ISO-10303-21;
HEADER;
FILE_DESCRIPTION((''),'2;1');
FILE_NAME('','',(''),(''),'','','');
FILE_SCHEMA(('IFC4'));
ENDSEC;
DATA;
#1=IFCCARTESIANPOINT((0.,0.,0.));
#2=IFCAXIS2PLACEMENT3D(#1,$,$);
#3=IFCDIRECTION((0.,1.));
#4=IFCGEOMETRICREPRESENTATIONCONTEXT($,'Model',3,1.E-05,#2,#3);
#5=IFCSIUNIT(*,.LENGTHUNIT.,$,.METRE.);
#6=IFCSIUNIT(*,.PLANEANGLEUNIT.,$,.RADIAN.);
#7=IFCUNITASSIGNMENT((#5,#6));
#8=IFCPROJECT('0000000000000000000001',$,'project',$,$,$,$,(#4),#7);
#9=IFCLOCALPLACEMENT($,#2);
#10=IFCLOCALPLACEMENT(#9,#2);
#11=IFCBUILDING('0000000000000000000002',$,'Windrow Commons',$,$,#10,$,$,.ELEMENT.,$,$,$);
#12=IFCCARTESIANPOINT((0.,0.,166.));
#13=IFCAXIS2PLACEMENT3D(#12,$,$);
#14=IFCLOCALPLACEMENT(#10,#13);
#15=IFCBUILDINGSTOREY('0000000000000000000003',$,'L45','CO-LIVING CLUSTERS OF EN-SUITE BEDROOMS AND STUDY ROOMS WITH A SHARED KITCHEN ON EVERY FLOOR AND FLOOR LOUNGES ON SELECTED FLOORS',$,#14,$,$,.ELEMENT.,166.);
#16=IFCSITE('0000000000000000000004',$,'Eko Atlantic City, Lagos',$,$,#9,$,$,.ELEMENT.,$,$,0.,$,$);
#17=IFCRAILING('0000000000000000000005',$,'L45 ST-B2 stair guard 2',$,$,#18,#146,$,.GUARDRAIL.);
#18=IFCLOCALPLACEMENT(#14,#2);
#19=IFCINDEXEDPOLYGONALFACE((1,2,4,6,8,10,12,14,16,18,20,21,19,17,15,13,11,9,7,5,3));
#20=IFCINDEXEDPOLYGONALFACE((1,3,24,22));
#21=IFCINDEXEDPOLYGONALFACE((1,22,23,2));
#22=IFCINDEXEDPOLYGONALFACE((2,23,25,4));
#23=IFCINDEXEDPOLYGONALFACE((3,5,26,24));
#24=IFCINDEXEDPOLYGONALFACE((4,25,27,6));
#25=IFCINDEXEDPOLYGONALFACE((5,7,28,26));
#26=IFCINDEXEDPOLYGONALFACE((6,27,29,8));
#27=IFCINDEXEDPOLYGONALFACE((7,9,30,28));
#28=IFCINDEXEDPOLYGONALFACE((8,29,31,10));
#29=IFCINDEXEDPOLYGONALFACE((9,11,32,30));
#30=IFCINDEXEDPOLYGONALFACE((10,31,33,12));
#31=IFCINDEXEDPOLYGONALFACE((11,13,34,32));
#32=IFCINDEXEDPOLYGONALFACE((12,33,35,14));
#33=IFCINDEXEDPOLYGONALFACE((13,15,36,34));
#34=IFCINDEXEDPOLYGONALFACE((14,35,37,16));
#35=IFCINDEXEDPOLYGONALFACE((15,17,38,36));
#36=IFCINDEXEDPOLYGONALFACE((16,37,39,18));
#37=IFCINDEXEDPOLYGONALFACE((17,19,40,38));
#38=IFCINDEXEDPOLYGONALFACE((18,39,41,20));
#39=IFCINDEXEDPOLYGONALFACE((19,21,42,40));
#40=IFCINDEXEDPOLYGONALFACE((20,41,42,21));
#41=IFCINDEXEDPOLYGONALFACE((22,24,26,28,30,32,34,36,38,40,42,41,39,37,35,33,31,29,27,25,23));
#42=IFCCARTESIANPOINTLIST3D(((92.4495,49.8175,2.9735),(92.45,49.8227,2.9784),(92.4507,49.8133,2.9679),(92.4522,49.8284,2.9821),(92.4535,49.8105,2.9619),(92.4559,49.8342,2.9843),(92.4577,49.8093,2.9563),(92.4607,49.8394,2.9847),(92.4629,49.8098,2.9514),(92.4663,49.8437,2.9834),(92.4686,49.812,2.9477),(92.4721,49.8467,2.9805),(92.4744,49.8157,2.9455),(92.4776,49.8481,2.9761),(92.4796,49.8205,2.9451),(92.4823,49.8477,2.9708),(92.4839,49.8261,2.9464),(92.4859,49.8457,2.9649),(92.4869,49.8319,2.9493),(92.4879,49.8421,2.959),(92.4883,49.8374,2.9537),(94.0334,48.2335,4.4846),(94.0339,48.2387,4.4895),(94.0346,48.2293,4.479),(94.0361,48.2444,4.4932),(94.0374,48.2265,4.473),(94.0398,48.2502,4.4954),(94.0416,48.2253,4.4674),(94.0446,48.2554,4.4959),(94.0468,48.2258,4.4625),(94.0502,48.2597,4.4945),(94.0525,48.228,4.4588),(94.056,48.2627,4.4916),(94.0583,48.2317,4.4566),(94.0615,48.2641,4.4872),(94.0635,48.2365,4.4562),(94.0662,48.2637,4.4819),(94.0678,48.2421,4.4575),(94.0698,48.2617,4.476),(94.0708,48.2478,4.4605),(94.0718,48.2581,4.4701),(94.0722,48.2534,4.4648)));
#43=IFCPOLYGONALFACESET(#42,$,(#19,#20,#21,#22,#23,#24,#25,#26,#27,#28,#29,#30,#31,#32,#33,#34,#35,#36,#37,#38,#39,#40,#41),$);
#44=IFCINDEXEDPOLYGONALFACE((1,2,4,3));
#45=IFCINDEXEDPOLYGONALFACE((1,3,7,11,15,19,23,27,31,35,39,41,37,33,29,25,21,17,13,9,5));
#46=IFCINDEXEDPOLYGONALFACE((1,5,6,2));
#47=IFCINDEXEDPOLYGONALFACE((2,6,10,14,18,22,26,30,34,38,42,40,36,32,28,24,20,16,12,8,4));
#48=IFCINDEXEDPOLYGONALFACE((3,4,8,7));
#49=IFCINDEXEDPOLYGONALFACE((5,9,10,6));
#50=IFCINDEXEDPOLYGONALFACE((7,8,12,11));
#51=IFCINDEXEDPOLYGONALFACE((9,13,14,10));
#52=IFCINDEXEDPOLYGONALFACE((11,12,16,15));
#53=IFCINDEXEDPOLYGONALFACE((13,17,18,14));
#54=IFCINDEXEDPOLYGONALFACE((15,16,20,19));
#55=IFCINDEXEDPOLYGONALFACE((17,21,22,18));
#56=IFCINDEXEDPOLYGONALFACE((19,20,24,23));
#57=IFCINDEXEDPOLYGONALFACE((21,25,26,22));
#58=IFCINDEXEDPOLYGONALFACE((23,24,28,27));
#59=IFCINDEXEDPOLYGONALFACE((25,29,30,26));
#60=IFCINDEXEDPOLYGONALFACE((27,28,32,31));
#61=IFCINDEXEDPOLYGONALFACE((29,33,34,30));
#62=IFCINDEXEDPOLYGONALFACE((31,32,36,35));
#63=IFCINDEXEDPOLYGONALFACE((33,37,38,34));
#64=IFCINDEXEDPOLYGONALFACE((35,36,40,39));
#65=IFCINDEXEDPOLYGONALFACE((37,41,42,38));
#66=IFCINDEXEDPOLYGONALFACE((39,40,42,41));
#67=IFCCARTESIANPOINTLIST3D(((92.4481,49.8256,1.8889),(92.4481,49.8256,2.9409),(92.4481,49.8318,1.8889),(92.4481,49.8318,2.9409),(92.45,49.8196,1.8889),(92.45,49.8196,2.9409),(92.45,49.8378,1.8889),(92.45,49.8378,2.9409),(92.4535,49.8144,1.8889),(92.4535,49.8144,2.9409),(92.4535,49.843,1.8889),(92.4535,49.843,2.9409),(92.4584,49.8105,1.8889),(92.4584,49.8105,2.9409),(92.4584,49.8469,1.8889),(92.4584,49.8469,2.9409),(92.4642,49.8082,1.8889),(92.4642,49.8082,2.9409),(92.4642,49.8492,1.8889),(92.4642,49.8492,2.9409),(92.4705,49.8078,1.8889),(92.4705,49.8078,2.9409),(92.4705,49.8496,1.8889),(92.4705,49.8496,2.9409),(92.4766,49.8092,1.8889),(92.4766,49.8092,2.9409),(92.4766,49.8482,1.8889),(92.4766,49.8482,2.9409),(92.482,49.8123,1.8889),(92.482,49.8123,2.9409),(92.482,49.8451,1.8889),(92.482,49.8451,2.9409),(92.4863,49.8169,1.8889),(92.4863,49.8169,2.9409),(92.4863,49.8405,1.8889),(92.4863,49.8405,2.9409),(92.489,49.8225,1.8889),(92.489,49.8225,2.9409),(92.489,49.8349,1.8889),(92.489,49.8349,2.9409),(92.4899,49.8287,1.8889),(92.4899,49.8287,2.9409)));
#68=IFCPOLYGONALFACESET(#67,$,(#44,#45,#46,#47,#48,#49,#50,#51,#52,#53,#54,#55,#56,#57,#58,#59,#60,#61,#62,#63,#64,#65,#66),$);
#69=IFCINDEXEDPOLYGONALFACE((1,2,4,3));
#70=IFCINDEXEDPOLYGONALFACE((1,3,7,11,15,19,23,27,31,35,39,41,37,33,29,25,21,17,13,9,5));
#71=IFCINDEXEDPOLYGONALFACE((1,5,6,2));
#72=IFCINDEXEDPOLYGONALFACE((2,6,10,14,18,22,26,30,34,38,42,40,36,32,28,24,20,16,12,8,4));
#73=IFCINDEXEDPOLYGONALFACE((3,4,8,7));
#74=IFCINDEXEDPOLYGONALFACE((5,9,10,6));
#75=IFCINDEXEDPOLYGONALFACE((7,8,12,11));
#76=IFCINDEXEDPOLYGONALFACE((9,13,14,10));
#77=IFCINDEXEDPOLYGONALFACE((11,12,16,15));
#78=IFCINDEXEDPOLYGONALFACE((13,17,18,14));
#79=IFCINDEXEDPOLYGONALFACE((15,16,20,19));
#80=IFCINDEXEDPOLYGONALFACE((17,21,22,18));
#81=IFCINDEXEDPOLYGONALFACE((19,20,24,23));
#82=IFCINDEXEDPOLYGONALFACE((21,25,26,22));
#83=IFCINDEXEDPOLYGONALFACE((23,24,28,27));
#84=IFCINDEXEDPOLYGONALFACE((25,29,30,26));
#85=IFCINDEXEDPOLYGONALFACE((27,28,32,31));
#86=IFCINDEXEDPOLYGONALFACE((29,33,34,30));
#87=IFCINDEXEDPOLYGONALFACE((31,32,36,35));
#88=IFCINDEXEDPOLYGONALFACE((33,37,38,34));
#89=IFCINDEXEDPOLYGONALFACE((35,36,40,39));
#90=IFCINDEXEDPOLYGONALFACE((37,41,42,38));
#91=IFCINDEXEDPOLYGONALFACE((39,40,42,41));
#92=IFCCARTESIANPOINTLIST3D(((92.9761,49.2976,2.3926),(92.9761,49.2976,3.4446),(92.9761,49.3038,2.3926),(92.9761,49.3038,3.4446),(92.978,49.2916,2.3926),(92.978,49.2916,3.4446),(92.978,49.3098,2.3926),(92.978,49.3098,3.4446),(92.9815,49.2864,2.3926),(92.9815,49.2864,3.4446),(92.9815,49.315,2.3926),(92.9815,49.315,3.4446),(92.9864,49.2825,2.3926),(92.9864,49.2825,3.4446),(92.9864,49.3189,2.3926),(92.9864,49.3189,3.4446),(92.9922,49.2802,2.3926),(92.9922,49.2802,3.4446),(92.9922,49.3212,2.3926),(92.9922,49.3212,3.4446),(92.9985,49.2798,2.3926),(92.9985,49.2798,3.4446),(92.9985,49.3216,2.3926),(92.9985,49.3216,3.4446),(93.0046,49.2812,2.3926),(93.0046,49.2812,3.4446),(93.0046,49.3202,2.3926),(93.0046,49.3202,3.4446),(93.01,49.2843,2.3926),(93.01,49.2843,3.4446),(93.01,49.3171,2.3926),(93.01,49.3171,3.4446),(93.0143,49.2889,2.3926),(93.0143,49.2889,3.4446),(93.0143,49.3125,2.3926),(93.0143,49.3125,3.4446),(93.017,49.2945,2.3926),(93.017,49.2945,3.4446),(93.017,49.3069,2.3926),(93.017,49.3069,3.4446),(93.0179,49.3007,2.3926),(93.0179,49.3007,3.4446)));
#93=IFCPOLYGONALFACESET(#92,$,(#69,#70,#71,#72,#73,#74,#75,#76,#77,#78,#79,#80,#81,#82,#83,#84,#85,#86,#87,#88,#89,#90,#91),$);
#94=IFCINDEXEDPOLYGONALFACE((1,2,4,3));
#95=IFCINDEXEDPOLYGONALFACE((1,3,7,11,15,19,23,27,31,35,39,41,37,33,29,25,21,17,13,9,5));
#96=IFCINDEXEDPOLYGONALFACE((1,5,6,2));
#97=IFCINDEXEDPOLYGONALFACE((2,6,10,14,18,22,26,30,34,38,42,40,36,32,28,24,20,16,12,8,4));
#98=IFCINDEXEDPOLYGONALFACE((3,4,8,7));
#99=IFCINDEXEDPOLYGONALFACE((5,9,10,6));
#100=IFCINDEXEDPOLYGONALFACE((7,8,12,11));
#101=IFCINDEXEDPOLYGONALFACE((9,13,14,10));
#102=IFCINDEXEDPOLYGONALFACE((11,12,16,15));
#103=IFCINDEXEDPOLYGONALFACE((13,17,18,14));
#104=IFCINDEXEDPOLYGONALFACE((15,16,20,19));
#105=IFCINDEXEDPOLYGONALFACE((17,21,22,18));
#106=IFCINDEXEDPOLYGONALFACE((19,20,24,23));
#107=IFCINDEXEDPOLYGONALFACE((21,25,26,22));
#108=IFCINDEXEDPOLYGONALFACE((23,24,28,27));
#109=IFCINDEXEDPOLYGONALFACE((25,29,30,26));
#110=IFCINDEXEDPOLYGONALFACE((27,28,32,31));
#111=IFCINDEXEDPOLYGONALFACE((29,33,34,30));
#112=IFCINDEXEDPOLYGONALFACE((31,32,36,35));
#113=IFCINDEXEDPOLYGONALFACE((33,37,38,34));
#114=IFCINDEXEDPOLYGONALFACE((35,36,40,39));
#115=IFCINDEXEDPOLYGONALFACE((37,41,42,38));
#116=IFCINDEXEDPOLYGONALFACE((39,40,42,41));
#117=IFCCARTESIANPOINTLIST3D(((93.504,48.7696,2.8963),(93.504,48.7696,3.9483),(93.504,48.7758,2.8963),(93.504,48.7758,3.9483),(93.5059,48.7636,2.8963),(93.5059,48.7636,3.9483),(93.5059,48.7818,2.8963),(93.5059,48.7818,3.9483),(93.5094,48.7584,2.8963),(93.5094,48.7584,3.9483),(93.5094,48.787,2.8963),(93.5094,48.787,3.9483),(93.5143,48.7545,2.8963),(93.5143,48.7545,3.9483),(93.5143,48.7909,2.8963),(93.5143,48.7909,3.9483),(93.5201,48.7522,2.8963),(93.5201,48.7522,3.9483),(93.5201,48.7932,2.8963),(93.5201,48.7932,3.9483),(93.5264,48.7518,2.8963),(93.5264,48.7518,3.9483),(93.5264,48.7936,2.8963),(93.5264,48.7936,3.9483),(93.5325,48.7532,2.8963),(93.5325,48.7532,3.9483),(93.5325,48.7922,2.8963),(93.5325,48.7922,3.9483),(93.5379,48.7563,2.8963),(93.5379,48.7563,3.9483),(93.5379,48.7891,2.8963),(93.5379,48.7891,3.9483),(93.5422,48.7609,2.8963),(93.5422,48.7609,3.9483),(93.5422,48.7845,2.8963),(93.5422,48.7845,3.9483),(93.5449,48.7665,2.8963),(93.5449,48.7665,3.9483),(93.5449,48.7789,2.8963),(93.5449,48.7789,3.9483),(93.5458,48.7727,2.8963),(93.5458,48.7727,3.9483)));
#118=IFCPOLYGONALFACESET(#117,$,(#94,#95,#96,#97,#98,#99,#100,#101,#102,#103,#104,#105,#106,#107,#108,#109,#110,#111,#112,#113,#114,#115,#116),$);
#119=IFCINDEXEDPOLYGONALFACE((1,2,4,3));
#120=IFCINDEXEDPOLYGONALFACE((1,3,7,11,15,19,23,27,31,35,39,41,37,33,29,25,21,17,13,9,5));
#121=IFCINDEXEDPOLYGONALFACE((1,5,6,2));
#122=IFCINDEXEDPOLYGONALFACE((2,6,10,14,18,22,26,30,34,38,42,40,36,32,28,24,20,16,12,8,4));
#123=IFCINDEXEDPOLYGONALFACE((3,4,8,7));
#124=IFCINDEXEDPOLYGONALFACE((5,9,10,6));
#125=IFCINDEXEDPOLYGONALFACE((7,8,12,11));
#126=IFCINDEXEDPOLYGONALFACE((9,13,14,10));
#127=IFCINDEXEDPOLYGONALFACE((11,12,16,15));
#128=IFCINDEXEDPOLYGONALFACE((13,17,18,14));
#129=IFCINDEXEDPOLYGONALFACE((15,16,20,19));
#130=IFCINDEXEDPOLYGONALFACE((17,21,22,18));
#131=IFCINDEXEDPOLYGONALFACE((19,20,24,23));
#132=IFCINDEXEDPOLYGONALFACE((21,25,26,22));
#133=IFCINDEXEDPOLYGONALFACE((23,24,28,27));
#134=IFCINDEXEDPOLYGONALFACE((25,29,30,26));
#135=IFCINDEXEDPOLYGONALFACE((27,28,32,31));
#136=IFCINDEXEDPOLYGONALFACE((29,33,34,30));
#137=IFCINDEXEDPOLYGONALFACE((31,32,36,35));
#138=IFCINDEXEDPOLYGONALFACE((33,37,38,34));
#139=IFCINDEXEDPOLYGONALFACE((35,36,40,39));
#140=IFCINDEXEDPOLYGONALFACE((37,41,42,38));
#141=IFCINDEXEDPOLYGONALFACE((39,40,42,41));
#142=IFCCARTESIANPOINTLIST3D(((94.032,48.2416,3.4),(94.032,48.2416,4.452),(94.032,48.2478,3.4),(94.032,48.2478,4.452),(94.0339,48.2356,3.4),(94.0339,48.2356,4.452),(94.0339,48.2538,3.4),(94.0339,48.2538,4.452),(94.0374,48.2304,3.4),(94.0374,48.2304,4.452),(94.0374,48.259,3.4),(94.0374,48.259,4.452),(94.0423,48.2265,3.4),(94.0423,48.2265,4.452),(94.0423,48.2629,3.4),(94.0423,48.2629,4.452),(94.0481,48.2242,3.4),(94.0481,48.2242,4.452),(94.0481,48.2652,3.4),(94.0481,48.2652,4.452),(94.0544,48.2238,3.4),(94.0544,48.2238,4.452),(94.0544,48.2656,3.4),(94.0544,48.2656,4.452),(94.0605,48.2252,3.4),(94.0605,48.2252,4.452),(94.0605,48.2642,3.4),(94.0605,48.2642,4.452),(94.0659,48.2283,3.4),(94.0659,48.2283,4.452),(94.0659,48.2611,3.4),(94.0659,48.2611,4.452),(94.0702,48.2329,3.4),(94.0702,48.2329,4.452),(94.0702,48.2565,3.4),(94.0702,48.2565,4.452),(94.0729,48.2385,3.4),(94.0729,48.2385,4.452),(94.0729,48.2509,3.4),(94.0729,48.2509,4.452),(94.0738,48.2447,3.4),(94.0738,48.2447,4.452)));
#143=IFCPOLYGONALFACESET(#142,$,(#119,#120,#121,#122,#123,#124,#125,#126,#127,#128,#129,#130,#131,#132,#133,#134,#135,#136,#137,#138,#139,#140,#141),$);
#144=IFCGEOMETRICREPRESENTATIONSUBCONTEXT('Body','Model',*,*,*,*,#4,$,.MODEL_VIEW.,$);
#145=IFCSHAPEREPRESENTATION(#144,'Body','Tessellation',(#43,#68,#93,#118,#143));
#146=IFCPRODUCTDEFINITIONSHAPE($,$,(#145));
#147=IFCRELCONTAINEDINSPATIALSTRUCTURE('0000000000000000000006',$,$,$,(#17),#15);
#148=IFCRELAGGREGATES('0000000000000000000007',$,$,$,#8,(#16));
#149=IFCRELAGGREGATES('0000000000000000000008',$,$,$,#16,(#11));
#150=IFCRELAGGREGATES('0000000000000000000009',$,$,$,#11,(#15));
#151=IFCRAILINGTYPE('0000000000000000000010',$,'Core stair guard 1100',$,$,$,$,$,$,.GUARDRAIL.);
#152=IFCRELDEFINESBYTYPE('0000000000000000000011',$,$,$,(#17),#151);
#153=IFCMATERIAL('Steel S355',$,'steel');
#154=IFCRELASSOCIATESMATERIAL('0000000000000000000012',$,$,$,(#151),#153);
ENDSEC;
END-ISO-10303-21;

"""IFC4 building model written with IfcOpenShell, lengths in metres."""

from ifc_helpers import new_model, si_unit, direction, frame, origin, origin_2d, place, context, subcontext, project, spatial, circle, extrude, material, type_object, element, save


model = new_model("IFC4")

# Units and contexts
model_context = context("Model", 3, precision=1e-05, world=origin(), true_north=direction((0.0, 1.0)))
body_context = subcontext(model_context, "Body", "Model", "MODEL_VIEW")
ifc_project = project(units=[si_unit("LENGTHUNIT", "METRE"), si_unit("PLANEANGLEUNIT", "RADIAN")], contexts=[model_context])

# Site, building, storey
site_placement = place(None, origin())
site = spatial("IfcSite", under=ifc_project, at=site_placement, Name="Eko Atlantic City, Lagos", CompositionType="ELEMENT", RefElevation=0.0)
building_placement = place(site_placement, origin())
building = spatial("IfcBuilding", under=site, at=building_placement, Name="Windrow Commons", CompositionType="ELEMENT")
storey_placement = place(building_placement, frame((0.0, 0.0, 166.0)))
storey = spatial("IfcBuildingStorey", under=building, at=storey_placement, Name="L45", Description="CO-LIVING CLUSTERS OF EN-SUITE BEDROOMS AND STUDY ROOMS WITH A SHARED KITCHEN ON EVERY FLOOR AND FLOOR LOUNGES ON SELECTED FLOORS", CompositionType="ELEMENT", Elevation=166.0)

# Railing
ifc_material_1 = material(Name="Steel S355", Category="steel")
railing_type_1 = type_object("IfcRailingType", Name="Core stair guard 1100", PredefinedType="GUARDRAIL", material=ifc_material_1)
railing_1_placement = place(storey_placement, frame((92.4689, 49.8287, 1.8889)))
element("IfcRailing", 1, at=railing_1_placement, inside=storey, type_object=railing_type_1, Name="L45 ST-B2 stair guard 2", PredefinedType="GUARDRAIL", context=body_context, shape_type="SweptSolid", body=[
    extrude(circle(Radius=0.024, at=origin_2d()), frame((0.0, 0.0, 1.076), z_axis=(0.586179, -0.586216, 0.559237), x_axis=(0.707129, 0.707084, 0.0)), (0.0, 0.0, 1.0), 2.7021),
    extrude(circle(Radius=0.021, at=origin_2d()), origin(), (0.0, 0.0, 1.0), 1.052),
    extrude(circle(Radius=0.021, at=origin_2d()), frame((0.528, -0.528, 0.5037)), (0.0, 0.0, 1.0), 1.052),
    extrude(circle(Radius=0.021, at=origin_2d()), frame((1.0559, -1.056, 1.0074)), (0.0, 0.0, 1.0), 1.052),
    extrude(circle(Radius=0.021, at=origin_2d()), frame((1.5839, -1.584, 1.5111)), (0.0, 0.0, 1.0), 1.052),
])

save(model, "model.ifc")
